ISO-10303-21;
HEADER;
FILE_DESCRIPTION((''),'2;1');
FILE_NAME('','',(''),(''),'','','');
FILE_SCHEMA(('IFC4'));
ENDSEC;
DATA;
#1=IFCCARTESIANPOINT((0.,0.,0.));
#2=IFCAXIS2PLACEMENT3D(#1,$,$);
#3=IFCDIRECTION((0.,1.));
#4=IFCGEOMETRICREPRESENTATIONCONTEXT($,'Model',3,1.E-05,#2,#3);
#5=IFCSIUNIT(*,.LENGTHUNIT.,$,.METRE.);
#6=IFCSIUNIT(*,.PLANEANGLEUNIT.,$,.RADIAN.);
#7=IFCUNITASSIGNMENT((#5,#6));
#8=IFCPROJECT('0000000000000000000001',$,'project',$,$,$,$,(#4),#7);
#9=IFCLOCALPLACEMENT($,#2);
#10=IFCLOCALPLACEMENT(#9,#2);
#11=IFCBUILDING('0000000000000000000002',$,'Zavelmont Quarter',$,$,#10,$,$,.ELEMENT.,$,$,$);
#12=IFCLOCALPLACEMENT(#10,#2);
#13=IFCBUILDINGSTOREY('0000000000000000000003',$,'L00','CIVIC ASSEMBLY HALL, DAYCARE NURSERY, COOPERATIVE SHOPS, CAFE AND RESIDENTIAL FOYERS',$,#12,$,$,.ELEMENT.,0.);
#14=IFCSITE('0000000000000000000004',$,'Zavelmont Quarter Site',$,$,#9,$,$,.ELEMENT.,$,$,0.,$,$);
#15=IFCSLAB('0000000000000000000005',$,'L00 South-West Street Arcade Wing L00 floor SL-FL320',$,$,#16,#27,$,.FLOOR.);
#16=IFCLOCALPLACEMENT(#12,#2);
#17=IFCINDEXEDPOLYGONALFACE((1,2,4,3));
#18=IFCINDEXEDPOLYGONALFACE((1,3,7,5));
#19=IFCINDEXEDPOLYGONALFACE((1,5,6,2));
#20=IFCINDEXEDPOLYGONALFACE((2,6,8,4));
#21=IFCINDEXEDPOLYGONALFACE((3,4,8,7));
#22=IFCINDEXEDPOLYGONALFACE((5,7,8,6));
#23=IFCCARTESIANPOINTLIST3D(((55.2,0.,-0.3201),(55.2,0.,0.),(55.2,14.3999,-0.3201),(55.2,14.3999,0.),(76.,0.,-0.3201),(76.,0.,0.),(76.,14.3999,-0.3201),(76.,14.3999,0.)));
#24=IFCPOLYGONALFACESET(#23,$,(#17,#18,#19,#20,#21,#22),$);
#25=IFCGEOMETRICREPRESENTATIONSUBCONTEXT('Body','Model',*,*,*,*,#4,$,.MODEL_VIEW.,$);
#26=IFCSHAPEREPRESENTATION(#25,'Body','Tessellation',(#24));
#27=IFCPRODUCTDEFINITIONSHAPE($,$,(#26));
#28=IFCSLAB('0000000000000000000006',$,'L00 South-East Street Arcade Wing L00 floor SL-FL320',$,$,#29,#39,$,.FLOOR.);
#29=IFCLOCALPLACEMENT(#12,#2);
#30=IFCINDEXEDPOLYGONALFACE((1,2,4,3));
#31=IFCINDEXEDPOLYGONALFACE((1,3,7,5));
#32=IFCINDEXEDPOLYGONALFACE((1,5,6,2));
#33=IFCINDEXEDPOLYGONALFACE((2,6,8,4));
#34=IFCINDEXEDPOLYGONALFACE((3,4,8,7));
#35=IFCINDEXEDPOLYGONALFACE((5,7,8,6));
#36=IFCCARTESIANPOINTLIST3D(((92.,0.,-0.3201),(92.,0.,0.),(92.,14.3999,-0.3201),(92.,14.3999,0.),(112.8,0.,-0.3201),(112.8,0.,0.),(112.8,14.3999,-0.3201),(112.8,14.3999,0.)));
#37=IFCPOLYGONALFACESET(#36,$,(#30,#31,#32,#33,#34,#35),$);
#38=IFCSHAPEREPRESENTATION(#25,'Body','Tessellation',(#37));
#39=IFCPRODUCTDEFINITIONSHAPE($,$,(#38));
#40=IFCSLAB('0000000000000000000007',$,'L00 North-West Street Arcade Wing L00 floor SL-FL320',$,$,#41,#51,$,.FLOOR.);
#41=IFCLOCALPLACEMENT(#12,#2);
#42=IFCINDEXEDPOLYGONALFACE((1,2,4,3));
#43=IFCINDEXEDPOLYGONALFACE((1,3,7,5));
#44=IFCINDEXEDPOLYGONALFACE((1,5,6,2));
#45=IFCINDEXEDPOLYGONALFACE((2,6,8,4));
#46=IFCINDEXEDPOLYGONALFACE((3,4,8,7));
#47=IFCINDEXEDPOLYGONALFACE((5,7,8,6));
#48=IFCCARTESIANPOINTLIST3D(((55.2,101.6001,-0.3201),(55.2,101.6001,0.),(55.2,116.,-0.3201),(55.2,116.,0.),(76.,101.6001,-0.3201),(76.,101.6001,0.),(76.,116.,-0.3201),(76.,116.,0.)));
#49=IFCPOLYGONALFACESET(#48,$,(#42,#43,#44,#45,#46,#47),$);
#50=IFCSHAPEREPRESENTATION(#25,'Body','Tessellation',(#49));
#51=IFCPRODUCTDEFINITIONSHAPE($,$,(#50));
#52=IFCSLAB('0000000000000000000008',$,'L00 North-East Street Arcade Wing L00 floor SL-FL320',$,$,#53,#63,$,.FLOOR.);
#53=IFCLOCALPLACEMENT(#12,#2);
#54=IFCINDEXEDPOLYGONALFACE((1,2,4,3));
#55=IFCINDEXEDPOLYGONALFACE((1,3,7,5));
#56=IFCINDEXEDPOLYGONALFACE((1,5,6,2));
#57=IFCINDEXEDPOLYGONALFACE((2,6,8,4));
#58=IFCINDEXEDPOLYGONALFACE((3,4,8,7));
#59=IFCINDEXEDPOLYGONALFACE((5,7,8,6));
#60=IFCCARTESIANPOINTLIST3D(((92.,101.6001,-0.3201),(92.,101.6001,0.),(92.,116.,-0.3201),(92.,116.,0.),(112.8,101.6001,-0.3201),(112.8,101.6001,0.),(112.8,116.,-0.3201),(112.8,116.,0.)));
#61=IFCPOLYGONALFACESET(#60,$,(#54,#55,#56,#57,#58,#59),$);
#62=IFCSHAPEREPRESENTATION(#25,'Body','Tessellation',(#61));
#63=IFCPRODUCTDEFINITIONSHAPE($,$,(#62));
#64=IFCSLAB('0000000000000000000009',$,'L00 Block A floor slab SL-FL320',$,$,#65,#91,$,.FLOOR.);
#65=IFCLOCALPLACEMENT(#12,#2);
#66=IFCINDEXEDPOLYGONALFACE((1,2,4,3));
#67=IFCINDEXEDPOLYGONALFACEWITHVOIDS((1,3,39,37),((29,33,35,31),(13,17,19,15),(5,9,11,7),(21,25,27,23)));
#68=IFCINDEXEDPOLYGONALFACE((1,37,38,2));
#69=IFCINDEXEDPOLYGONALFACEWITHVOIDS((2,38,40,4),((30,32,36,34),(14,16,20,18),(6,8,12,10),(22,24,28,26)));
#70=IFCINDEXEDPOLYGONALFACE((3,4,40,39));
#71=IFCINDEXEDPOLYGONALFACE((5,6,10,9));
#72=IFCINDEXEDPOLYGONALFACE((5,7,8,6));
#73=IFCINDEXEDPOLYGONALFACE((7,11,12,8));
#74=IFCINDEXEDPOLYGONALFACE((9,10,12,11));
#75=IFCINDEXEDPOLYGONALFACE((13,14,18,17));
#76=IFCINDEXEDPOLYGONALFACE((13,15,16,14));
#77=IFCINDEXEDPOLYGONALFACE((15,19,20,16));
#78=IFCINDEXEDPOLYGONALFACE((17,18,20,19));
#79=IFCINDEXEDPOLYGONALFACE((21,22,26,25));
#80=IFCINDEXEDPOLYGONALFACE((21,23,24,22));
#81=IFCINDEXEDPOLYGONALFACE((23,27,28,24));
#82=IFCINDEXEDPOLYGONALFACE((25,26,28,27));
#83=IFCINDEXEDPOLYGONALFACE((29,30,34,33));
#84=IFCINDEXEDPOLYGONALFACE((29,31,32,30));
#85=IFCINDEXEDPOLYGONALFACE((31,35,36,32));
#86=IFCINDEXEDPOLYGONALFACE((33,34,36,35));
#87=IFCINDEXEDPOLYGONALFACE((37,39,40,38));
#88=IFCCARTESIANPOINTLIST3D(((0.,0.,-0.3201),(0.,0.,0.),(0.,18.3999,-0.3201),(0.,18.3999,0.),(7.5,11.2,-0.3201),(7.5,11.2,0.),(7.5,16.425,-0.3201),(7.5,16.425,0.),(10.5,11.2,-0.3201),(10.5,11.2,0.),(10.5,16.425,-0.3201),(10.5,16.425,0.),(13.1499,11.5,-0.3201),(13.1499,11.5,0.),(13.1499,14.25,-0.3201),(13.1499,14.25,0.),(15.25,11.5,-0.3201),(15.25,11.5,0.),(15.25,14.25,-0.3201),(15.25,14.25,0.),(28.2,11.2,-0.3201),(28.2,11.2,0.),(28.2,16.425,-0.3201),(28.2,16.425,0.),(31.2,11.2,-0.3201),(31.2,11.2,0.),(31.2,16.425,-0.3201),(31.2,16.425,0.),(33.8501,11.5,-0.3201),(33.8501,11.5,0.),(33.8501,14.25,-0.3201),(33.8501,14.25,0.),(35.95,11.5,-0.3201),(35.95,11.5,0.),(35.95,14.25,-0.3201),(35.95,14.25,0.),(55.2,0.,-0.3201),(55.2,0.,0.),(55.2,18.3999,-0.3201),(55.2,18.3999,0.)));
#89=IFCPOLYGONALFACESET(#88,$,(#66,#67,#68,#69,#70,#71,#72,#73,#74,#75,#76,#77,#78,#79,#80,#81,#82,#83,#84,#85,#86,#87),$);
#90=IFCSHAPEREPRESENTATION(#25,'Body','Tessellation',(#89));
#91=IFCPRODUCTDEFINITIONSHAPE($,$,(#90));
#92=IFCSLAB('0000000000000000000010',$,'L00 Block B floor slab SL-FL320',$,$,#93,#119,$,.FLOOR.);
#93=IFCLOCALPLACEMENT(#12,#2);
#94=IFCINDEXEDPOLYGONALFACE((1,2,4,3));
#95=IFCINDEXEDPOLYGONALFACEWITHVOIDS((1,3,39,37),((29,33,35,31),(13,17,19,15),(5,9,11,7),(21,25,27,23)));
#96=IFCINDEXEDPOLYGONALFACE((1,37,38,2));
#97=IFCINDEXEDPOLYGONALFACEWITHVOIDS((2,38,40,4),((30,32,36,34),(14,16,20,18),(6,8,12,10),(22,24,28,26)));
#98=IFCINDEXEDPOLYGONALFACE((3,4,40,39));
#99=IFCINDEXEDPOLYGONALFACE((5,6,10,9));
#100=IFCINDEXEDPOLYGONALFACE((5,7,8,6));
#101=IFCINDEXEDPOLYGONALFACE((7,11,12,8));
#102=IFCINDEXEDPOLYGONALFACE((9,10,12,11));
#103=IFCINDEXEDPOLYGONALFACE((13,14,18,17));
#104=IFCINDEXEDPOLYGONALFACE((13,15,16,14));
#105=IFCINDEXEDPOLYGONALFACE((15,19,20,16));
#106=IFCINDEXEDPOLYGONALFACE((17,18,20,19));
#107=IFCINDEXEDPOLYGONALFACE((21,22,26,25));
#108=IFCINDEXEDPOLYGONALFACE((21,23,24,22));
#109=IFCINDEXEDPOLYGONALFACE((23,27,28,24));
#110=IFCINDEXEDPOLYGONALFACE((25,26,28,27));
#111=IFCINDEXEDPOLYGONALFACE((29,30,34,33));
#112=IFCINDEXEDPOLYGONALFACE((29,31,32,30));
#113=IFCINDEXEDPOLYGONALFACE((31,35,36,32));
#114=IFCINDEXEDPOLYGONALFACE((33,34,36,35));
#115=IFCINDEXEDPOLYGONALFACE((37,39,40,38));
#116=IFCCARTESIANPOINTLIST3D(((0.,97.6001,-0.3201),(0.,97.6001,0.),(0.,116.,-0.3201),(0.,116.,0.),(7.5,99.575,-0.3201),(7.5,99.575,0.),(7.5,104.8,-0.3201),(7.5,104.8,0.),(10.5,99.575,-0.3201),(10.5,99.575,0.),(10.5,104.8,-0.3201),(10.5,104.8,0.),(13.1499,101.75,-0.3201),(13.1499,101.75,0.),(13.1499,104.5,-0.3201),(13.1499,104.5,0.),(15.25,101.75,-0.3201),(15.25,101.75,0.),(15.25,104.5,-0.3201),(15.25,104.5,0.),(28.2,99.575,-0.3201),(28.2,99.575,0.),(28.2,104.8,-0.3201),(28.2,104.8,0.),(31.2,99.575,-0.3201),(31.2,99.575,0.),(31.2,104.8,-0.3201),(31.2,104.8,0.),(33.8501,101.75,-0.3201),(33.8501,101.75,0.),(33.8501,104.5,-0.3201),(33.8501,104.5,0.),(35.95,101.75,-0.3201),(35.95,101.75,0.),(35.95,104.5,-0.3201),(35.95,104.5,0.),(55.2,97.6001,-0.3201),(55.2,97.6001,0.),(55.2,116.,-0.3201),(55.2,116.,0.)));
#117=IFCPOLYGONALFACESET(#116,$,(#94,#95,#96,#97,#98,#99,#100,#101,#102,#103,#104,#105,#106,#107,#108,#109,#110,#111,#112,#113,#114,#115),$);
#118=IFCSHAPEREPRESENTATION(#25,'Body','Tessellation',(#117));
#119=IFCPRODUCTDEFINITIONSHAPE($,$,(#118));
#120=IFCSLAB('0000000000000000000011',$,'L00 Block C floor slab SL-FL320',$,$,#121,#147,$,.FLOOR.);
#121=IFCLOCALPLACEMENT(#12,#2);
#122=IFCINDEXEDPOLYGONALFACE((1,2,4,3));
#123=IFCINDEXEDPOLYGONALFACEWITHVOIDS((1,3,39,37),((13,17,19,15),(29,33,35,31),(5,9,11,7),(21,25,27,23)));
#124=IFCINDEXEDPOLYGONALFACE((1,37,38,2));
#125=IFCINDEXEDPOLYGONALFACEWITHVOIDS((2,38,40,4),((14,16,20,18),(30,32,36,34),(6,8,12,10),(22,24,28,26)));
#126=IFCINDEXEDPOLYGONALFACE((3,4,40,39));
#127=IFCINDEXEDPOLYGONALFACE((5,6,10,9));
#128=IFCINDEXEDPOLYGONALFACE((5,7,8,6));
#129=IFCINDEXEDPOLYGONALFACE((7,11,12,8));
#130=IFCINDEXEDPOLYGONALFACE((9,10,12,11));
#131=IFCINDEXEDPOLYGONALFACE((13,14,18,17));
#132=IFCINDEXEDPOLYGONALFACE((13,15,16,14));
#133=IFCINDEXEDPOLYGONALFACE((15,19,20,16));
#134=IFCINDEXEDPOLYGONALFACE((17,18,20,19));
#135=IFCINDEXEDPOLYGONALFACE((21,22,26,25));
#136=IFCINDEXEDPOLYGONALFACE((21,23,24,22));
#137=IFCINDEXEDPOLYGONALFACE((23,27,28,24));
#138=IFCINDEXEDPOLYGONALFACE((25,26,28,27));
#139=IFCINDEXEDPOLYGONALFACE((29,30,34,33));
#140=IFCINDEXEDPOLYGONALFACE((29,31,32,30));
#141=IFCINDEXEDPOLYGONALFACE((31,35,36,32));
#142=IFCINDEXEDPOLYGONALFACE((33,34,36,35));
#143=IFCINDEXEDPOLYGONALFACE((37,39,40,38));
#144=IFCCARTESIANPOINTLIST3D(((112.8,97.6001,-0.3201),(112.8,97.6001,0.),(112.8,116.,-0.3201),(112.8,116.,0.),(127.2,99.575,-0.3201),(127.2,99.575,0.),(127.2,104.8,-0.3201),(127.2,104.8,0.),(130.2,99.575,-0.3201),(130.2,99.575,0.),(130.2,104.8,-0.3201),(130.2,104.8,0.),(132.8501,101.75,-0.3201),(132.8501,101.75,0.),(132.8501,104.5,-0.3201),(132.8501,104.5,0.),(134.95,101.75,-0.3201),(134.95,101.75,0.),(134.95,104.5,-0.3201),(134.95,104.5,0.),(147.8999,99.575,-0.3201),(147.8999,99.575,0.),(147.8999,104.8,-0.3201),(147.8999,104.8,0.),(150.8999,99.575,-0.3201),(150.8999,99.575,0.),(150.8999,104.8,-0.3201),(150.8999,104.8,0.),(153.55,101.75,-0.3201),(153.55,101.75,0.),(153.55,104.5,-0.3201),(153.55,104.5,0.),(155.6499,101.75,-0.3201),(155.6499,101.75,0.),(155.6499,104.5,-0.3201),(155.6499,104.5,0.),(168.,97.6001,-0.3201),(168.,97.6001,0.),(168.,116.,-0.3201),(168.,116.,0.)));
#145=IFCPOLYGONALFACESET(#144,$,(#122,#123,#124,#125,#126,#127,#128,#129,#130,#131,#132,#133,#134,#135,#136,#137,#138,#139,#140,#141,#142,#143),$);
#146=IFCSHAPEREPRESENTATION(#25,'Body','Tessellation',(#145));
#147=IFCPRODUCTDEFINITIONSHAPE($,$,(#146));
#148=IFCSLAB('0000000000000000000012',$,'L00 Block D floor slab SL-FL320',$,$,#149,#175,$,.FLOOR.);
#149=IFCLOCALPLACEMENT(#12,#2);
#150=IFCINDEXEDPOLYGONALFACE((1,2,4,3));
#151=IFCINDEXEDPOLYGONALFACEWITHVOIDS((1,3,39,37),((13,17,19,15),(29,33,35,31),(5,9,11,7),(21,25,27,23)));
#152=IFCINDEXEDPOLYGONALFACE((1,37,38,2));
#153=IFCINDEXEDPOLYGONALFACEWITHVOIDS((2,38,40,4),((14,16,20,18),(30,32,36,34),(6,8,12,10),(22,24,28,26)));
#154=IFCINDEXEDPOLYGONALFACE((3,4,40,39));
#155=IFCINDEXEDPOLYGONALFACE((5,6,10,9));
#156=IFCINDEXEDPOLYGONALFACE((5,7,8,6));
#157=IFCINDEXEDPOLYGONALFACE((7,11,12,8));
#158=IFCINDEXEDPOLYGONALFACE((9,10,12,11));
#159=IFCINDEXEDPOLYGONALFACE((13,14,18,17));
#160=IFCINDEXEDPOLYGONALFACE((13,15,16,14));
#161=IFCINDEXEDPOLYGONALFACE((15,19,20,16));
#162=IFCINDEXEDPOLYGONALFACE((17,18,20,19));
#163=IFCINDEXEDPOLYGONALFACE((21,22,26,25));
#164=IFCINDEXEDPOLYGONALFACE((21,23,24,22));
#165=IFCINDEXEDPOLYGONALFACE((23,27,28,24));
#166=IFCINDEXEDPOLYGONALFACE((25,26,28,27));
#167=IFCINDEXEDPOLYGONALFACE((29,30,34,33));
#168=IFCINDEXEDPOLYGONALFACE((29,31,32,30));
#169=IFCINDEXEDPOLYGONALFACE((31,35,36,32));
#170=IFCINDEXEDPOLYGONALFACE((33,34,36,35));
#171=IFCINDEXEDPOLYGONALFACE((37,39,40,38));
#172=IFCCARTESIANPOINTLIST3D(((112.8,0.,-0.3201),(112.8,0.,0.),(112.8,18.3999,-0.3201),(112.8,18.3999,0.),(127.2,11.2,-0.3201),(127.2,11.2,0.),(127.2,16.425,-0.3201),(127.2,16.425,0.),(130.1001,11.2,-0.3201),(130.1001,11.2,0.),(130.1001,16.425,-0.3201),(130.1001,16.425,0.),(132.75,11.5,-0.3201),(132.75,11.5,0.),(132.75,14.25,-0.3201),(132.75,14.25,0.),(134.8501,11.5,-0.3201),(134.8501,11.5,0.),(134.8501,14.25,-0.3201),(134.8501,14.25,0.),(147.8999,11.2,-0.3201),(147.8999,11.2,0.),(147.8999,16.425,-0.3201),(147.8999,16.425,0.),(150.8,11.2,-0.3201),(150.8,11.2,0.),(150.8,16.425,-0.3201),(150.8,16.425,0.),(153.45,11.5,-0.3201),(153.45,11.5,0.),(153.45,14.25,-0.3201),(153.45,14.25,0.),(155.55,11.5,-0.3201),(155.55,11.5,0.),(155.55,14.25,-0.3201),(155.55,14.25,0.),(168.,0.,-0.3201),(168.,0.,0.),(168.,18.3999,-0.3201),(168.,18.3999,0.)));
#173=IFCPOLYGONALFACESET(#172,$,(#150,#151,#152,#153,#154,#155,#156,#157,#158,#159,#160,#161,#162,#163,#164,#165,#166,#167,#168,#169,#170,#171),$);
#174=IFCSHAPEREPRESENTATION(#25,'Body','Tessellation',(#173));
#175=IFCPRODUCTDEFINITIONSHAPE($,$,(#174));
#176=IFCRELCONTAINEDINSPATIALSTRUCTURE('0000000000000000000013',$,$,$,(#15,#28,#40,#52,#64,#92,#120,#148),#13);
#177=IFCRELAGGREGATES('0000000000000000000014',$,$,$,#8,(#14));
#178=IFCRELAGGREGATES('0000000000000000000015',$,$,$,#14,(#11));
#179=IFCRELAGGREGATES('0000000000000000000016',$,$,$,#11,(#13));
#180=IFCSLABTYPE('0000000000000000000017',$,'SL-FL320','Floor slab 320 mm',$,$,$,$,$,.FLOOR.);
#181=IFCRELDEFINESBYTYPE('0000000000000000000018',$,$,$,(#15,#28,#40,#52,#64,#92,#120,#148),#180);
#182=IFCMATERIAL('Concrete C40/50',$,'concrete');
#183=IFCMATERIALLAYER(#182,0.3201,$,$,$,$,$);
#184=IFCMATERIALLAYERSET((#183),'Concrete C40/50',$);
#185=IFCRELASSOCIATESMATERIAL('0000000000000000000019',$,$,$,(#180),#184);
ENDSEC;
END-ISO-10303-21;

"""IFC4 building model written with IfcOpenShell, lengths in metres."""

from ifc_helpers import new_model, si_unit, direction, frame, origin, place, context, subcontext, project, spatial, polyline, outline, extrude, material, layer, layer_set, type_object, element, save


model = new_model("IFC4")

# Units and contexts
model_context = context("Model", 3, precision=1e-05, world=origin(), true_north=direction((0.0, 1.0)))
body_context = subcontext(model_context, "Body", "Model", "MODEL_VIEW")
ifc_project = project(units=[si_unit("LENGTHUNIT", "METRE"), si_unit("PLANEANGLEUNIT", "RADIAN")], contexts=[model_context])

# Site, building, storey
site_placement = place(None, origin())
site = spatial("IfcSite", under=ifc_project, at=site_placement, Name="Zavelmont Quarter Site", CompositionType="ELEMENT", RefElevation=0.0)
building_placement = place(site_placement, origin())
building = spatial("IfcBuilding", under=site, at=building_placement, Name="Zavelmont Quarter", CompositionType="ELEMENT")
storey_placement = place(building_placement, origin())
storey = spatial("IfcBuildingStorey", under=building, at=storey_placement, Name="L00", Description="CIVIC ASSEMBLY HALL, DAYCARE NURSERY, COOPERATIVE SHOPS, CAFE AND RESIDENTIAL FOYERS", CompositionType="ELEMENT", Elevation=0.0)

# Slabs
ifc_material_1 = material(Name="Concrete C40/50", Category="concrete")
ifc_layer_1 = layer(ifc_material_1, 0.3201)
ifc_layer_set_1 = layer_set([ifc_layer_1], Name="Concrete C40/50")
slab_type_1 = type_object("IfcSlabType", Name="SL-FL320", Description="Floor slab 320 mm", PredefinedType="FLOOR", material=ifc_layer_set_1)
slab_1_placement = place(storey_placement, frame((0.0, 0.0, -0.3201)))
element("IfcSlab", 1, at=slab_1_placement, inside=storey, type_object=slab_type_1, Name="L00 South-West Street Arcade Wing L00 floor SL-FL320", PredefinedType="FLOOR", context=body_context, shape_type="SweptSolid", body=[
    extrude(outline(polyline([(55.2, 0.0), (76.0, 0.0), (76.0, 14.3999), (55.2, 14.3999), (55.2, 0.0)])), origin(), (0.0, 0.0, 1.0), 0.3201),
])
slab_2_placement = place(storey_placement, frame((0.0, 0.0, -0.3201)))
element("IfcSlab", 2, at=slab_2_placement, inside=storey, type_object=slab_type_1, Name="L00 South-East Street Arcade Wing L00 floor SL-FL320", PredefinedType="FLOOR", context=body_context, shape_type="SweptSolid", body=[
    extrude(outline(polyline([(92.0, 0.0), (112.8, 0.0), (112.8, 14.3999), (92.0, 14.3999), (92.0, 0.0)])), origin(), (0.0, 0.0, 1.0), 0.3201),
])
slab_3_placement = place(storey_placement, frame((0.0, 0.0, -0.3201)))
element("IfcSlab", 3, at=slab_3_placement, inside=storey, type_object=slab_type_1, Name="L00 North-West Street Arcade Wing L00 floor SL-FL320", PredefinedType="FLOOR", context=body_context, shape_type="SweptSolid", body=[
    extrude(outline(polyline([(55.2, 101.6001), (76.0, 101.6001), (76.0, 116.0), (55.2, 116.0), (55.2, 101.6001)])), origin(), (0.0, 0.0, 1.0), 0.3201),
])
slab_4_placement = place(storey_placement, frame((0.0, 0.0, -0.3201)))
element("IfcSlab", 4, at=slab_4_placement, inside=storey, type_object=slab_type_1, Name="L00 North-East Street Arcade Wing L00 floor SL-FL320", PredefinedType="FLOOR", context=body_context, shape_type="SweptSolid", body=[
    extrude(outline(polyline([(92.0, 101.6001), (112.8, 101.6001), (112.8, 116.0), (92.0, 116.0), (92.0, 101.6001)])), origin(), (0.0, 0.0, 1.0), 0.3201),
])
slab_5_placement = place(storey_placement, frame((0.0, 0.0, -0.3201)))
element("IfcSlab", 5, at=slab_5_placement, inside=storey, type_object=slab_type_1, Name="L00 Block A floor slab SL-FL320", PredefinedType="FLOOR", context=body_context, shape_type="SweptSolid", body=[
    extrude(outline(polyline([(0.0, 0.0), (55.2, 0.0), (55.2, 18.3999), (0.0, 18.3999), (0.0, 0.0)]), holes=[polyline([(7.5, 16.425), (7.5, 11.2), (10.5, 11.2), (10.5, 16.425), (7.5, 16.425)]), polyline([(13.1499, 11.5), (15.25, 11.5), (15.25, 14.25), (13.1499, 14.25), (13.1499, 11.5)]), polyline([(28.2, 16.425), (28.2, 11.2), (31.2, 11.2), (31.2, 16.425), (28.2, 16.425)]), polyline([(33.8501, 11.5), (35.95, 11.5), (35.95, 14.25), (33.8501, 14.25), (33.8501, 11.5)])]), origin(), (0.0, 0.0, 1.0), 0.3201),
])
slab_6_placement = place(storey_placement, frame((0.0, 0.0, -0.3201)))
element("IfcSlab", 6, at=slab_6_placement, inside=storey, type_object=slab_type_1, Name="L00 Block B floor slab SL-FL320", PredefinedType="FLOOR", context=body_context, shape_type="SweptSolid", body=[
    extrude(outline(polyline([(0.0, 97.6001), (55.2, 97.6001), (55.2, 116.0), (0.0, 116.0), (0.0, 97.6001)]), holes=[polyline([(10.5, 99.575), (10.5, 104.8), (7.5, 104.8), (7.5, 99.575), (10.5, 99.575)]), polyline([(13.1499, 101.75), (15.25, 101.75), (15.25, 104.5), (13.1499, 104.5), (13.1499, 101.75)]), polyline([(31.2, 99.575), (31.2, 104.8), (28.2, 104.8), (28.2, 99.575), (31.2, 99.575)]), polyline([(33.8501, 101.75), (35.95, 101.75), (35.95, 104.5), (33.8501, 104.5), (33.8501, 101.75)])]), origin(), (0.0, 0.0, 1.0), 0.3201),
])
slab_7_placement = place(storey_placement, frame((0.0, 0.0, -0.3201)))
element("IfcSlab", 7, at=slab_7_placement, inside=storey, type_object=slab_type_1, Name="L00 Block C floor slab SL-FL320", PredefinedType="FLOOR", context=body_context, shape_type="SweptSolid", body=[
    extrude(outline(polyline([(112.8, 97.6001), (168.0, 97.6001), (168.0, 116.0), (112.8, 116.0), (112.8, 97.6001)]), holes=[polyline([(130.2, 99.575), (130.2, 104.8), (127.2, 104.8), (127.2, 99.575), (130.2, 99.575)]), polyline([(132.8501, 101.75), (134.95, 101.75), (134.95, 104.5), (132.8501, 104.5), (132.8501, 101.75)]), polyline([(150.8999, 99.575), (150.8999, 104.8), (147.8999, 104.8), (147.8999, 99.575), (150.8999, 99.575)]), polyline([(153.55, 101.75), (155.6499, 101.75), (155.6499, 104.5), (153.55, 104.5), (153.55, 101.75)])]), origin(), (0.0, 0.0, 1.0), 0.3201),
])
slab_8_placement = place(storey_placement, frame((0.0, 0.0, -0.3201)))
element("IfcSlab", 8, at=slab_8_placement, inside=storey, type_object=slab_type_1, Name="L00 Block D floor slab SL-FL320", PredefinedType="FLOOR", context=body_context, shape_type="SweptSolid", body=[
    extrude(outline(polyline([(112.8, 0.0), (168.0, 0.0), (168.0, 18.3999), (112.8, 18.3999), (112.8, 0.0)]), holes=[polyline([(127.2, 16.425), (127.2, 11.2), (130.1001, 11.2), (130.1001, 16.425), (127.2, 16.425)]), polyline([(132.75, 11.5), (134.8501, 11.5), (134.8501, 14.25), (132.75, 14.25), (132.75, 11.5)]), polyline([(147.8999, 16.425), (147.8999, 11.2), (150.8, 11.2), (150.8, 16.425), (147.8999, 16.425)]), polyline([(153.45, 11.5), (155.55, 11.5), (155.55, 14.25), (153.45, 14.25), (153.45, 11.5)])]), origin(), (0.0, 0.0, 1.0), 0.3201),
])

save(model, "model.ifc")
